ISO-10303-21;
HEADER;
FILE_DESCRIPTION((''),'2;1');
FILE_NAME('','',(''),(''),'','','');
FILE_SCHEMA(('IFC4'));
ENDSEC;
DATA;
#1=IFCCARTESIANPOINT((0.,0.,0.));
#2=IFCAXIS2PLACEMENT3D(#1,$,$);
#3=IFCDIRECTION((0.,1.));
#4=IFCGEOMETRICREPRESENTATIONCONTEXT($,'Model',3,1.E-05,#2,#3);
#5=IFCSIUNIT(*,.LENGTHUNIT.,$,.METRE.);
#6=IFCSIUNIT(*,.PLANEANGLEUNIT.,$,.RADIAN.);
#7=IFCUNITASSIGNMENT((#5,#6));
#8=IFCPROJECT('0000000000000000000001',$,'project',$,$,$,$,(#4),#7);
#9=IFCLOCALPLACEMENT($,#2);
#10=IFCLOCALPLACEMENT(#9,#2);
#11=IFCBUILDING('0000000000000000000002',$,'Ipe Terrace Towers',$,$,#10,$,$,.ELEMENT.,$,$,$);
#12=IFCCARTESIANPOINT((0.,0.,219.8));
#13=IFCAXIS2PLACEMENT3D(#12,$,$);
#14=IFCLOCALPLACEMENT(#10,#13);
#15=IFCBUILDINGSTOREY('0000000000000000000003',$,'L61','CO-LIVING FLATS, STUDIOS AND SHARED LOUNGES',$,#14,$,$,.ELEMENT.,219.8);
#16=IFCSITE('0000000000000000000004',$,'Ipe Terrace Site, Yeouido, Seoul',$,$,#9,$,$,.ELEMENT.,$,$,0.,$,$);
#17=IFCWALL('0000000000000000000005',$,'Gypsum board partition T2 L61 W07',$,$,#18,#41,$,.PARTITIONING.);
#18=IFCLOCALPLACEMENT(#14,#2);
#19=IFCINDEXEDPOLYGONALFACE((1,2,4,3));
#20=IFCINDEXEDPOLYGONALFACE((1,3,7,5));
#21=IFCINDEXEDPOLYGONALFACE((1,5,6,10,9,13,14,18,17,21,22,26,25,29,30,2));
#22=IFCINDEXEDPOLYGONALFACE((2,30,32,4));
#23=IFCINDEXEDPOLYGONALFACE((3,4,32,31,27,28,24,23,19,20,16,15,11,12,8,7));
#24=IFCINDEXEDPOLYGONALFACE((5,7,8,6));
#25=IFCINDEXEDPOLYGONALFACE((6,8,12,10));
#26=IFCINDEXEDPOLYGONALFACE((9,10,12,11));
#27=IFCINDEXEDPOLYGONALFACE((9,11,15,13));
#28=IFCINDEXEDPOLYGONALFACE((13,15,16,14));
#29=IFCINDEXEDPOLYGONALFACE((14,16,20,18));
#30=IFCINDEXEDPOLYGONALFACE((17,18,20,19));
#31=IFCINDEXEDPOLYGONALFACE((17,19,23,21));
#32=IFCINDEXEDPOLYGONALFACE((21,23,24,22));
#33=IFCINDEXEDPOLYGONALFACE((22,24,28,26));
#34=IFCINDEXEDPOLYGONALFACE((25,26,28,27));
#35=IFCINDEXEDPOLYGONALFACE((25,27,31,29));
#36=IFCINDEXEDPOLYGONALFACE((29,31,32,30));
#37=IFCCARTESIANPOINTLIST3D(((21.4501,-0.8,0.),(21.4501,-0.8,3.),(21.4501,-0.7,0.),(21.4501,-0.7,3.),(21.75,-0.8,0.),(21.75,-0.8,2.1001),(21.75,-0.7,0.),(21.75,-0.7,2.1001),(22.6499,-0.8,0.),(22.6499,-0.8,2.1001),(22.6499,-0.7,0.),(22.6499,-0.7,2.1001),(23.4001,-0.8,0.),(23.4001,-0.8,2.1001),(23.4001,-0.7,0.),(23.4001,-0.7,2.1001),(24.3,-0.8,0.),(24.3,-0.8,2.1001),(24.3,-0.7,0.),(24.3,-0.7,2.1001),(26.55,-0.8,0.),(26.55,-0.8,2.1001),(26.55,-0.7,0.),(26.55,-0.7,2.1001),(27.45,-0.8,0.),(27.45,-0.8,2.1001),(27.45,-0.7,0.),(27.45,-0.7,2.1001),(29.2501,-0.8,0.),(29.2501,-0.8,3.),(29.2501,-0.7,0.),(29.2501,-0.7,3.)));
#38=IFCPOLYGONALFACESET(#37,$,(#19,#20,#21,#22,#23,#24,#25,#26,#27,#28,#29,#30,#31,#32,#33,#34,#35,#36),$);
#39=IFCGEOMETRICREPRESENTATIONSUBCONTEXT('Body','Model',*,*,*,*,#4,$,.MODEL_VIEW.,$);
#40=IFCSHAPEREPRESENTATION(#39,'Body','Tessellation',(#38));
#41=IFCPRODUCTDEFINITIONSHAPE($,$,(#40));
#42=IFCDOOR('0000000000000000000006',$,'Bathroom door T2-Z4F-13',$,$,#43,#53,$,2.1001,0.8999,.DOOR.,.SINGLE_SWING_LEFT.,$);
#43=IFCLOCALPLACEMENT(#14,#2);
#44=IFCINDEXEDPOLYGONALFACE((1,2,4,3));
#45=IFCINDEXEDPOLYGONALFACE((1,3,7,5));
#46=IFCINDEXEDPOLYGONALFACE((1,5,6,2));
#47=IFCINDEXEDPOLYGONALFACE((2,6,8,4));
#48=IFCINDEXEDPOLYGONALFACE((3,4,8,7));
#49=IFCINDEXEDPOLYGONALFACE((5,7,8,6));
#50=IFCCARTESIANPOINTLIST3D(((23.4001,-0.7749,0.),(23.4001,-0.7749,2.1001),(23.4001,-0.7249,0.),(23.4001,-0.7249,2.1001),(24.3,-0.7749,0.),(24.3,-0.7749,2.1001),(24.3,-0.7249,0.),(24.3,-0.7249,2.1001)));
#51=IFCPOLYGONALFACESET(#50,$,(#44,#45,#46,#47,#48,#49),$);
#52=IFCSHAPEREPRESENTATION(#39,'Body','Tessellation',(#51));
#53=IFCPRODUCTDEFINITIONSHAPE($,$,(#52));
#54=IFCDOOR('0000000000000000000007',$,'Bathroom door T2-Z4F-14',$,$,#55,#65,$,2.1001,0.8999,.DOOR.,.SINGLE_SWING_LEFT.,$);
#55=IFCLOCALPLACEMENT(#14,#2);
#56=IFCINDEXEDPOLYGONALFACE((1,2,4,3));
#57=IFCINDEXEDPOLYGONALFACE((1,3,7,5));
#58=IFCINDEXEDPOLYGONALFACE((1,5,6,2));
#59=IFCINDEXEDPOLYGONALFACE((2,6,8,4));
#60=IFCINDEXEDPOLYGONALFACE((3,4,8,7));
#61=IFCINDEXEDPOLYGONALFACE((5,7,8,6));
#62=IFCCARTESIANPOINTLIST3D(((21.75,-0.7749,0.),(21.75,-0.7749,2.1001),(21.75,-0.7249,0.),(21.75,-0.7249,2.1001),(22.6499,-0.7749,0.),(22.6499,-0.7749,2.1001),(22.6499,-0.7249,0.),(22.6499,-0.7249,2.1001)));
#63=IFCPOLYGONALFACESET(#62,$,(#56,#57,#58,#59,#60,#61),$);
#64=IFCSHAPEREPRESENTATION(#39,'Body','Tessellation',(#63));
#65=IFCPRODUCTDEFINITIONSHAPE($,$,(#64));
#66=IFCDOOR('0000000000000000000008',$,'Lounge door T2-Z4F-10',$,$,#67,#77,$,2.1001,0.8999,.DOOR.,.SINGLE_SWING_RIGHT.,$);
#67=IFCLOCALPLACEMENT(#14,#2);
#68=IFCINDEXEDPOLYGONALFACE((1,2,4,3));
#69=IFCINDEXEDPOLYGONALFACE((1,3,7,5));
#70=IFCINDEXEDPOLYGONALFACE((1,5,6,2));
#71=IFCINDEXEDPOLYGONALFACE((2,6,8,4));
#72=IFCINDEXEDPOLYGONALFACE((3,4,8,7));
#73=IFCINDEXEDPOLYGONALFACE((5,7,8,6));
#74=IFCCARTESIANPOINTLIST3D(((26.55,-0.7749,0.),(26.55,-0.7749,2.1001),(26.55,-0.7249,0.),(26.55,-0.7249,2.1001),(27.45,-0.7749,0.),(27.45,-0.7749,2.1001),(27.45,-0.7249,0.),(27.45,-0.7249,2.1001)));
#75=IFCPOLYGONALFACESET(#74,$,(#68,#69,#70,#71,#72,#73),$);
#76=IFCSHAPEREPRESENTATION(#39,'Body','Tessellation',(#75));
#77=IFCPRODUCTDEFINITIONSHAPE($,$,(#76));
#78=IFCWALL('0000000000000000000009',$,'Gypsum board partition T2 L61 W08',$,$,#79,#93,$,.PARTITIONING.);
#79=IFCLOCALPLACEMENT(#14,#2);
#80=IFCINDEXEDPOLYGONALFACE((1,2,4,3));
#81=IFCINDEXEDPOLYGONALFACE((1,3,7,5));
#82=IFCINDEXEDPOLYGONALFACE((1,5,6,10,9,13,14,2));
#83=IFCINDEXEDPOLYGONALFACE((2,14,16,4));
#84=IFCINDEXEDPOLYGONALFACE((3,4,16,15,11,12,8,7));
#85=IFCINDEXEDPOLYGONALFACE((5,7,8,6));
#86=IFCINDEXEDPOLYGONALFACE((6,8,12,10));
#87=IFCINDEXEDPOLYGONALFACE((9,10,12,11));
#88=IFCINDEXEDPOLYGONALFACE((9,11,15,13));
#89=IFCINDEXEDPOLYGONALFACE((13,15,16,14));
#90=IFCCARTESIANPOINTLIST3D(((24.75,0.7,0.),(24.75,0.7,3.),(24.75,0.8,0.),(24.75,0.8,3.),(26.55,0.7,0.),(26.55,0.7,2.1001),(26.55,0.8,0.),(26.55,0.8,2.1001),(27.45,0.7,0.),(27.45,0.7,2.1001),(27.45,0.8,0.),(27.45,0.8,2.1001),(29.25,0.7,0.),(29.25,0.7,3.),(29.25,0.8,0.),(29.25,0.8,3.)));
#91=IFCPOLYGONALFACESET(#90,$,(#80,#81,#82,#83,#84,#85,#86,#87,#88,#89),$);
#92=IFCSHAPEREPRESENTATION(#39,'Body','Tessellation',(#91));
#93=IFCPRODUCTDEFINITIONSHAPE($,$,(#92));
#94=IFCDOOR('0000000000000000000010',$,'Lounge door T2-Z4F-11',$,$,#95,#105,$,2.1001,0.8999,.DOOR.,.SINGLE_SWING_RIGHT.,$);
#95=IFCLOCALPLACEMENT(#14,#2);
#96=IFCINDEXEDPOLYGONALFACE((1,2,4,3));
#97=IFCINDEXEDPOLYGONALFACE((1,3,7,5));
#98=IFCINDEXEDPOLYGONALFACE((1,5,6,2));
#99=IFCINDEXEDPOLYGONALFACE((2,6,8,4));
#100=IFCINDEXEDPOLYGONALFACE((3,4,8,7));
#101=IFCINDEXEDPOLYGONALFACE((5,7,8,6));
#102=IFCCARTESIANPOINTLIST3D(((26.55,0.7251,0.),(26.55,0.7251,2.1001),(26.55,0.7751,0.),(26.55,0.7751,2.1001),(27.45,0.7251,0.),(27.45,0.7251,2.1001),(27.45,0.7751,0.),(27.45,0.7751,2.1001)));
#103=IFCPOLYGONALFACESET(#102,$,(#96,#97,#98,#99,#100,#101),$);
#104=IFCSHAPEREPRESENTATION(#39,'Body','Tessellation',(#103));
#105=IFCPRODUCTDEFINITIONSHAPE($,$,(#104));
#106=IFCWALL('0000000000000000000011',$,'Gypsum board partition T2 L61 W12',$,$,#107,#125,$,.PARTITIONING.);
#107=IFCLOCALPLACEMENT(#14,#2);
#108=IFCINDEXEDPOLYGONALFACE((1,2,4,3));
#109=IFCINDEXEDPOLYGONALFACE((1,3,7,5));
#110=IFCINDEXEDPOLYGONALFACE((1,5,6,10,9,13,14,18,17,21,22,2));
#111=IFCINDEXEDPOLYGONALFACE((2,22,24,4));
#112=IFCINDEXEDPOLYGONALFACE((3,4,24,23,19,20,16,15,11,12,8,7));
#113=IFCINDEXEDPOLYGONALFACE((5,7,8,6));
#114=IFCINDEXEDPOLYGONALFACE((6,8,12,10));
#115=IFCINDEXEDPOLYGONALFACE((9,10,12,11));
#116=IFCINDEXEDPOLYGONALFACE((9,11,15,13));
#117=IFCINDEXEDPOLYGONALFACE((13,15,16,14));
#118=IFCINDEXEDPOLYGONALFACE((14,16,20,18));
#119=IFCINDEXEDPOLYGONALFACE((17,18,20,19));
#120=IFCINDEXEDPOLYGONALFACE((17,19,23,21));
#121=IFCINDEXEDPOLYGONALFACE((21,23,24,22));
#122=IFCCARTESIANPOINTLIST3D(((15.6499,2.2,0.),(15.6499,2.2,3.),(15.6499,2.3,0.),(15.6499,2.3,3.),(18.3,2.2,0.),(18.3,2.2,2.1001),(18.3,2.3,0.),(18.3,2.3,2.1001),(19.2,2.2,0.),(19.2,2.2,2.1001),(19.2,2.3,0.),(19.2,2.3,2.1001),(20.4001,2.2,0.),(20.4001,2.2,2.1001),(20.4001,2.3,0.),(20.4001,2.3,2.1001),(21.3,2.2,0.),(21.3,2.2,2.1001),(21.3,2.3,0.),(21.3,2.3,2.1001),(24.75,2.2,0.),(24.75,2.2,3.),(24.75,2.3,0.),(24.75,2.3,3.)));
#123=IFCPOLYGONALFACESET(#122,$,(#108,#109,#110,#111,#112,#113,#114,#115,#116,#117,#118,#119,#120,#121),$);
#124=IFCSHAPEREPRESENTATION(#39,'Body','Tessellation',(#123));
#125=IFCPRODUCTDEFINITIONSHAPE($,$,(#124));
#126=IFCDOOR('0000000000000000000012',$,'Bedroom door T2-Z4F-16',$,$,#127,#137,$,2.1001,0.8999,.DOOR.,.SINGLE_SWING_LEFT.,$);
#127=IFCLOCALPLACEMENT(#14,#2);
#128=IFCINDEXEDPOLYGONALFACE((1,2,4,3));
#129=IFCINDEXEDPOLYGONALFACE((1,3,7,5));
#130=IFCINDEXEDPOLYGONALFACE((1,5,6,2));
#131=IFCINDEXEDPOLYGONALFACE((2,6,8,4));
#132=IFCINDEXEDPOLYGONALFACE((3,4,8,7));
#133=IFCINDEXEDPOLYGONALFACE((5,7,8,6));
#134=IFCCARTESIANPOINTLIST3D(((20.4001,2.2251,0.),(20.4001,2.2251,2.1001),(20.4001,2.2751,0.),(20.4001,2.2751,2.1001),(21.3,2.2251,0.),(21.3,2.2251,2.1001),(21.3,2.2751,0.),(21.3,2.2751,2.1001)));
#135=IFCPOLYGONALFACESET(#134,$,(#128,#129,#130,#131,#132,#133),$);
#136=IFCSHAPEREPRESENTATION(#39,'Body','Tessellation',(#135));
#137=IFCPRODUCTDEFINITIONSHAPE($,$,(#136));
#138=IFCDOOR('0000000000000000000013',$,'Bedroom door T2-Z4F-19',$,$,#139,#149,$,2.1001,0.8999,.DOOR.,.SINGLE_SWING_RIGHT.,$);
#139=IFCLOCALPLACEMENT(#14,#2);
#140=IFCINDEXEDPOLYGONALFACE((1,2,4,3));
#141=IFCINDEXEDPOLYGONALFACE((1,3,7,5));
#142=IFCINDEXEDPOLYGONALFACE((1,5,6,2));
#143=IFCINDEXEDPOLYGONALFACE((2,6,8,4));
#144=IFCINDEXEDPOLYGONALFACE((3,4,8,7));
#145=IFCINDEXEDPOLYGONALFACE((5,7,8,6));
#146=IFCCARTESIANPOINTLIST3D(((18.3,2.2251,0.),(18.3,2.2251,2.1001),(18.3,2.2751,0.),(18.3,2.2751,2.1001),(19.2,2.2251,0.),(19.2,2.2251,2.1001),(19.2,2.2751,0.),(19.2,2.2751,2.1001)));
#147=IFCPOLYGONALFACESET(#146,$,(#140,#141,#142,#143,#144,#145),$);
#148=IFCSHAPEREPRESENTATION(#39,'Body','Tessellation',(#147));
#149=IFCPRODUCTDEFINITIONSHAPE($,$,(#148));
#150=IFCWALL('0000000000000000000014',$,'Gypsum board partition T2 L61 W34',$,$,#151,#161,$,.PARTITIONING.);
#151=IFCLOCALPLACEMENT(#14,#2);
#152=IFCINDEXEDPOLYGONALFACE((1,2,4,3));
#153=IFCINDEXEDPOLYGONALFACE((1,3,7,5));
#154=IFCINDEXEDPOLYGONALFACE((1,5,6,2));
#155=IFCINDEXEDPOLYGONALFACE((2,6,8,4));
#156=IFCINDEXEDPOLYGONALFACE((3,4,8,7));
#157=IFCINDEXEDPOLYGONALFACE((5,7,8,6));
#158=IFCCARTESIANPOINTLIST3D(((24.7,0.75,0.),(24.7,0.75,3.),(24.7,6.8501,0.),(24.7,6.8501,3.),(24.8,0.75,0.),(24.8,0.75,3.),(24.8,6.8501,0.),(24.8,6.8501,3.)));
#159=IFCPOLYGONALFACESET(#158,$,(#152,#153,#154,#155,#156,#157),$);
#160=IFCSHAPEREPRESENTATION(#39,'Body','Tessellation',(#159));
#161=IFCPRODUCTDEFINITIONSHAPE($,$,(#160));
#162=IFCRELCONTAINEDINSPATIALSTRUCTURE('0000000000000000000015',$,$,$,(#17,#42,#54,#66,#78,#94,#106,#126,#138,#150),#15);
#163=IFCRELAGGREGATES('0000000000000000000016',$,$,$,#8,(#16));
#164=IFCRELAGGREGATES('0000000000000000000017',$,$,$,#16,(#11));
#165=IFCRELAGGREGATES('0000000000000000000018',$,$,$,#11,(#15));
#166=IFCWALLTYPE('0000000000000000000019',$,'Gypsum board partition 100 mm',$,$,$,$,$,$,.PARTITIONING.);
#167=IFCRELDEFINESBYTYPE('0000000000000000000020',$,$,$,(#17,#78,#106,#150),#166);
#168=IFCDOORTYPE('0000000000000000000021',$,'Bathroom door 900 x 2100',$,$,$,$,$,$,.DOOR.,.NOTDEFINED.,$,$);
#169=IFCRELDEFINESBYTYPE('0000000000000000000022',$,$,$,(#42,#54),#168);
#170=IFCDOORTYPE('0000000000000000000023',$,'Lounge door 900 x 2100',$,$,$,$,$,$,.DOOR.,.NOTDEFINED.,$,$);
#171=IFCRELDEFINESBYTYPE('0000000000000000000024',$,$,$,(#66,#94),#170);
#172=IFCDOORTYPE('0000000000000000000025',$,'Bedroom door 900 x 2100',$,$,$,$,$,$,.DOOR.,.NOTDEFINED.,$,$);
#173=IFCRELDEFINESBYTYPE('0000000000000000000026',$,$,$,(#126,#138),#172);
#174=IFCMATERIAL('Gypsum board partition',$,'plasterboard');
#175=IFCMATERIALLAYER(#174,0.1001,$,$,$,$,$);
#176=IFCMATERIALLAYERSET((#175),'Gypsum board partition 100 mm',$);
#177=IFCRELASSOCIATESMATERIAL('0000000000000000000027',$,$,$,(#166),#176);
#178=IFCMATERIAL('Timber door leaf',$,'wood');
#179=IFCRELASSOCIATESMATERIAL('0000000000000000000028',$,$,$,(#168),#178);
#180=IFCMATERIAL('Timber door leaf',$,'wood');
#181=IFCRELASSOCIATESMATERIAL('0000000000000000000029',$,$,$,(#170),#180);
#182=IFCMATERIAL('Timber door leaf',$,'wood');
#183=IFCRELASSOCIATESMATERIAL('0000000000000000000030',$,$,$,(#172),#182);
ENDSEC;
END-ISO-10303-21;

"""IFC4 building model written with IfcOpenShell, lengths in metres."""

from ifc_helpers import new_model, si_unit, direction, frame, frame_2d, origin, place, context, subcontext, project, spatial, rectangle, extrude, material, layer, layer_set, type_object, element, fill, save


model = new_model("IFC4")

# Units and contexts
model_context = context("Model", 3, precision=1e-05, world=origin(), true_north=direction((0.0, 1.0)))
body_context = subcontext(model_context, "Body", "Model", "MODEL_VIEW")
ifc_project = project(units=[si_unit("LENGTHUNIT", "METRE"), si_unit("PLANEANGLEUNIT", "RADIAN")], contexts=[model_context])

# Site, building, storey
site_placement = place(None, origin())
site = spatial("IfcSite", under=ifc_project, at=site_placement, Name="Ipe Terrace Site, Yeouido, Seoul", CompositionType="ELEMENT", RefElevation=0.0)
building_placement = place(site_placement, origin())
building = spatial("IfcBuilding", under=site, at=building_placement, Name="Ipe Terrace Towers", CompositionType="ELEMENT")
storey_placement = place(building_placement, frame((0.0, 0.0, 219.8)))
storey = spatial("IfcBuildingStorey", under=building, at=storey_placement, Name="L61", Description="CO-LIVING FLATS, STUDIOS AND SHARED LOUNGES", CompositionType="ELEMENT", Elevation=219.8)

# Shared definitions
ifc_material_1 = material(Name="Gypsum board partition", Category="plasterboard")
ifc_layer_1 = layer(ifc_material_1, 0.1001)
ifc_layer_set_1 = layer_set([ifc_layer_1], Name="Gypsum board partition 100 mm")
wall_type_1 = type_object("IfcWallType", Name="Gypsum board partition 100 mm", PredefinedType="PARTITIONING", material=ifc_layer_set_1)

# Wall, openings, doors
wall_1_placement = place(storey_placement, frame((29.25, -0.75, 0.0), z_axis=(0.0, 0.0, 1.0), x_axis=(-1.0, 0.0, 0.0)))
wall_1 = element("IfcWall", 1, at=wall_1_placement, inside=storey, type_object=wall_type_1, Name="Gypsum board partition T2 L61 W07", PredefinedType="PARTITIONING", context=body_context, shape_type="SweptSolid", body=[
    extrude(rectangle(XDim=7.8, YDim=0.1001, at=frame_2d((3.8999, 0.0))), origin(), (0.0, 0.0, 1.0), 3.0),
])
opening_1_placement = place(wall_1_placement, frame((1.8, 0.0, 0.0)))
opening_1 = element("IfcOpeningElement", 2, at=opening_1_placement, cuts=wall_1, PredefinedType="OPENING", context=body_context, shape_type="SweptSolid", body=[
    extrude(rectangle(XDim=0.8999, YDim=2.1001, at=frame_2d((0.45, 1.05))), frame((0.0, 0.0601, 0.0), z_axis=(0.0, -1.0, 0.0), x_axis=(1.0, 0.0, 0.0)), (0.0, 0.0, 1.0), 0.1201),
])
opening_2_placement = place(wall_1_placement, frame((4.95, 0.0, 0.0)))
opening_2 = element("IfcOpeningElement", 3, at=opening_2_placement, cuts=wall_1, PredefinedType="OPENING", context=body_context, shape_type="SweptSolid", body=[
    extrude(rectangle(XDim=0.8999, YDim=2.1001, at=frame_2d((0.45, 1.05))), frame((0.0, 0.0601, 0.0), z_axis=(0.0, -1.0, 0.0), x_axis=(1.0, 0.0, 0.0)), (0.0, 0.0, 1.0), 0.1201),
])
opening_3_placement = place(wall_1_placement, frame((6.6001, 0.0, 0.0)))
opening_3 = element("IfcOpeningElement", 4, at=opening_3_placement, cuts=wall_1, PredefinedType="OPENING", context=body_context, shape_type="SweptSolid", body=[
    extrude(rectangle(XDim=0.8999, YDim=2.1001, at=frame_2d((0.45, 1.05))), frame((0.0, 0.0601, 0.0), z_axis=(0.0, -1.0, 0.0), x_axis=(1.0, 0.0, 0.0)), (0.0, 0.0, 1.0), 0.1201),
])
ifc_material_2 = material(Name="Timber door leaf", Category="wood")
door_type_1 = type_object("IfcDoorType", Name="Bathroom door 900 x 2100", OperationType="NOTDEFINED", PredefinedType="DOOR", material=ifc_material_2)
door_1_placement = place(opening_2_placement, origin())
door_1 = element("IfcDoor", 5, at=door_1_placement, inside=storey, type_object=door_type_1, Name="Bathroom door T2-Z4F-13", OperationType="SINGLE_SWING_LEFT", OverallHeight=2.1001, OverallWidth=0.8999, PredefinedType="DOOR", context=body_context, shape_type="SweptSolid", body=[
    extrude(rectangle(XDim=0.8999, YDim=2.1001, at=frame_2d((0.45, 1.05))), frame((0.0, 0.0249, 0.0), z_axis=(0.0, -1.0, 0.0), x_axis=(1.0, 0.0, 0.0)), (0.0, 0.0, 1.0), 0.05),
])
fill(opening_2, door_1)
door_2_placement = place(opening_3_placement, origin())
door_2 = element("IfcDoor", 6, at=door_2_placement, inside=storey, type_object=door_type_1, Name="Bathroom door T2-Z4F-14", OperationType="SINGLE_SWING_LEFT", OverallHeight=2.1001, OverallWidth=0.8999, PredefinedType="DOOR", context=body_context, shape_type="SweptSolid", body=[
    extrude(rectangle(XDim=0.8999, YDim=2.1001, at=frame_2d((0.45, 1.05))), frame((0.0, 0.0249, 0.0), z_axis=(0.0, -1.0, 0.0), x_axis=(1.0, 0.0, 0.0)), (0.0, 0.0, 1.0), 0.05),
])
fill(opening_3, door_2)
ifc_material_3 = material(Name="Timber door leaf", Category="wood")
door_type_2 = type_object("IfcDoorType", Name="Lounge door 900 x 2100", OperationType="NOTDEFINED", PredefinedType="DOOR", material=ifc_material_3)
door_3_placement = place(opening_1_placement, origin())
door_3 = element("IfcDoor", 7, at=door_3_placement, inside=storey, type_object=door_type_2, Name="Lounge door T2-Z4F-10", OperationType="SINGLE_SWING_RIGHT", OverallHeight=2.1001, OverallWidth=0.8999, PredefinedType="DOOR", context=body_context, shape_type="SweptSolid", body=[
    extrude(rectangle(XDim=0.8999, YDim=2.1001, at=frame_2d((0.45, 1.05))), frame((0.0, 0.0249, 0.0), z_axis=(0.0, -1.0, 0.0), x_axis=(1.0, 0.0, 0.0)), (0.0, 0.0, 1.0), 0.05),
])
fill(opening_1, door_3)

# Wall, opening, door
wall_2_placement = place(storey_placement, frame((29.25, 0.75, 0.0), z_axis=(0.0, 0.0, 1.0), x_axis=(-1.0, 0.0, 0.0)))
wall_2 = element("IfcWall", 8, at=wall_2_placement, inside=storey, type_object=wall_type_1, Name="Gypsum board partition T2 L61 W08", PredefinedType="PARTITIONING", context=body_context, shape_type="SweptSolid", body=[
    extrude(rectangle(XDim=4.5, YDim=0.1001, at=frame_2d((2.25, 0.0))), origin(), (0.0, 0.0, 1.0), 3.0),
])
opening_4_placement = place(wall_2_placement, frame((1.8, 0.0, 0.0)))
opening_4 = element("IfcOpeningElement", 9, at=opening_4_placement, cuts=wall_2, PredefinedType="OPENING", context=body_context, shape_type="SweptSolid", body=[
    extrude(rectangle(XDim=0.8999, YDim=2.1001, at=frame_2d((0.45, 1.05))), frame((0.0, 0.0601, 0.0), z_axis=(0.0, -1.0, 0.0), x_axis=(1.0, 0.0, 0.0)), (0.0, 0.0, 1.0), 0.1201),
])
door_4_placement = place(opening_4_placement, origin())
door_4 = element("IfcDoor", 10, at=door_4_placement, inside=storey, type_object=door_type_2, Name="Lounge door T2-Z4F-11", OperationType="SINGLE_SWING_RIGHT", OverallHeight=2.1001, OverallWidth=0.8999, PredefinedType="DOOR", context=body_context, shape_type="SweptSolid", body=[
    extrude(rectangle(XDim=0.8999, YDim=2.1001, at=frame_2d((0.45, 1.05))), frame((0.0, 0.0249, 0.0), z_axis=(0.0, -1.0, 0.0), x_axis=(1.0, 0.0, 0.0)), (0.0, 0.0, 1.0), 0.05),
])
fill(opening_4, door_4)

# Wall, openings, doors
wall_3_placement = place(storey_placement, frame((24.75, 2.25, 0.0), z_axis=(0.0, 0.0, 1.0), x_axis=(-1.0, 0.0, 0.0)))
wall_3 = element("IfcWall", 11, at=wall_3_placement, inside=storey, type_object=wall_type_1, Name="Gypsum board partition T2 L61 W12", PredefinedType="PARTITIONING", context=body_context, shape_type="SweptSolid", body=[
    extrude(rectangle(XDim=9.1001, YDim=0.1001, at=frame_2d((4.55, 0.0))), origin(), (0.0, 0.0, 1.0), 3.0),
])
opening_5_placement = place(wall_3_placement, frame((3.45, 0.0, 0.0)))
opening_5 = element("IfcOpeningElement", 12, at=opening_5_placement, cuts=wall_3, PredefinedType="OPENING", context=body_context, shape_type="SweptSolid", body=[
    extrude(rectangle(XDim=0.8999, YDim=2.1001, at=frame_2d((0.45, 1.05))), frame((0.0, 0.0601, 0.0), z_axis=(0.0, -1.0, 0.0), x_axis=(1.0, 0.0, 0.0)), (0.0, 0.0, 1.0), 0.1201),
])
opening_6_placement = place(wall_3_placement, frame((5.55, 0.0, 0.0)))
opening_6 = element("IfcOpeningElement", 13, at=opening_6_placement, cuts=wall_3, PredefinedType="OPENING", context=body_context, shape_type="SweptSolid", body=[
    extrude(rectangle(XDim=0.8999, YDim=2.1001, at=frame_2d((0.45, 1.05))), frame((0.0, 0.0601, 0.0), z_axis=(0.0, -1.0, 0.0), x_axis=(1.0, 0.0, 0.0)), (0.0, 0.0, 1.0), 0.1201),
])
ifc_material_4 = material(Name="Timber door leaf", Category="wood")
door_type_3 = type_object("IfcDoorType", Name="Bedroom door 900 x 2100", OperationType="NOTDEFINED", PredefinedType="DOOR", material=ifc_material_4)
door_5_placement = place(opening_5_placement, origin())
door_5 = element("IfcDoor", 14, at=door_5_placement, inside=storey, type_object=door_type_3, Name="Bedroom door T2-Z4F-16", OperationType="SINGLE_SWING_LEFT", OverallHeight=2.1001, OverallWidth=0.8999, PredefinedType="DOOR", context=body_context, shape_type="SweptSolid", body=[
    extrude(rectangle(XDim=0.8999, YDim=2.1001, at=frame_2d((0.45, 1.05))), frame((0.0, 0.0249, 0.0), z_axis=(0.0, -1.0, 0.0), x_axis=(1.0, 0.0, 0.0)), (0.0, 0.0, 1.0), 0.05),
])
fill(opening_5, door_5)
door_6_placement = place(opening_6_placement, origin())
door_6 = element("IfcDoor", 15, at=door_6_placement, inside=storey, type_object=door_type_3, Name="Bedroom door T2-Z4F-19", OperationType="SINGLE_SWING_RIGHT", OverallHeight=2.1001, OverallWidth=0.8999, PredefinedType="DOOR", context=body_context, shape_type="SweptSolid", body=[
    extrude(rectangle(XDim=0.8999, YDim=2.1001, at=frame_2d((0.45, 1.05))), frame((0.0, 0.0249, 0.0), z_axis=(0.0, -1.0, 0.0), x_axis=(1.0, 0.0, 0.0)), (0.0, 0.0, 1.0), 0.05),
])
fill(opening_6, door_6)

# Wall
wall_4_placement = place(storey_placement, frame((24.75, 0.75, 0.0), z_axis=(0.0, 0.0, 1.0), x_axis=(0.0, 1.0, 0.0)))
element("IfcWall", 16, at=wall_4_placement, inside=storey, type_object=wall_type_1, Name="Gypsum board partition T2 L61 W34", PredefinedType="PARTITIONING", context=body_context, shape_type="SweptSolid", body=[
    extrude(rectangle(XDim=6.1001, YDim=0.1001, at=frame_2d((3.05, 0.0))), origin(), (0.0, 0.0, 1.0), 3.0),
])

save(model, "model.ifc")
